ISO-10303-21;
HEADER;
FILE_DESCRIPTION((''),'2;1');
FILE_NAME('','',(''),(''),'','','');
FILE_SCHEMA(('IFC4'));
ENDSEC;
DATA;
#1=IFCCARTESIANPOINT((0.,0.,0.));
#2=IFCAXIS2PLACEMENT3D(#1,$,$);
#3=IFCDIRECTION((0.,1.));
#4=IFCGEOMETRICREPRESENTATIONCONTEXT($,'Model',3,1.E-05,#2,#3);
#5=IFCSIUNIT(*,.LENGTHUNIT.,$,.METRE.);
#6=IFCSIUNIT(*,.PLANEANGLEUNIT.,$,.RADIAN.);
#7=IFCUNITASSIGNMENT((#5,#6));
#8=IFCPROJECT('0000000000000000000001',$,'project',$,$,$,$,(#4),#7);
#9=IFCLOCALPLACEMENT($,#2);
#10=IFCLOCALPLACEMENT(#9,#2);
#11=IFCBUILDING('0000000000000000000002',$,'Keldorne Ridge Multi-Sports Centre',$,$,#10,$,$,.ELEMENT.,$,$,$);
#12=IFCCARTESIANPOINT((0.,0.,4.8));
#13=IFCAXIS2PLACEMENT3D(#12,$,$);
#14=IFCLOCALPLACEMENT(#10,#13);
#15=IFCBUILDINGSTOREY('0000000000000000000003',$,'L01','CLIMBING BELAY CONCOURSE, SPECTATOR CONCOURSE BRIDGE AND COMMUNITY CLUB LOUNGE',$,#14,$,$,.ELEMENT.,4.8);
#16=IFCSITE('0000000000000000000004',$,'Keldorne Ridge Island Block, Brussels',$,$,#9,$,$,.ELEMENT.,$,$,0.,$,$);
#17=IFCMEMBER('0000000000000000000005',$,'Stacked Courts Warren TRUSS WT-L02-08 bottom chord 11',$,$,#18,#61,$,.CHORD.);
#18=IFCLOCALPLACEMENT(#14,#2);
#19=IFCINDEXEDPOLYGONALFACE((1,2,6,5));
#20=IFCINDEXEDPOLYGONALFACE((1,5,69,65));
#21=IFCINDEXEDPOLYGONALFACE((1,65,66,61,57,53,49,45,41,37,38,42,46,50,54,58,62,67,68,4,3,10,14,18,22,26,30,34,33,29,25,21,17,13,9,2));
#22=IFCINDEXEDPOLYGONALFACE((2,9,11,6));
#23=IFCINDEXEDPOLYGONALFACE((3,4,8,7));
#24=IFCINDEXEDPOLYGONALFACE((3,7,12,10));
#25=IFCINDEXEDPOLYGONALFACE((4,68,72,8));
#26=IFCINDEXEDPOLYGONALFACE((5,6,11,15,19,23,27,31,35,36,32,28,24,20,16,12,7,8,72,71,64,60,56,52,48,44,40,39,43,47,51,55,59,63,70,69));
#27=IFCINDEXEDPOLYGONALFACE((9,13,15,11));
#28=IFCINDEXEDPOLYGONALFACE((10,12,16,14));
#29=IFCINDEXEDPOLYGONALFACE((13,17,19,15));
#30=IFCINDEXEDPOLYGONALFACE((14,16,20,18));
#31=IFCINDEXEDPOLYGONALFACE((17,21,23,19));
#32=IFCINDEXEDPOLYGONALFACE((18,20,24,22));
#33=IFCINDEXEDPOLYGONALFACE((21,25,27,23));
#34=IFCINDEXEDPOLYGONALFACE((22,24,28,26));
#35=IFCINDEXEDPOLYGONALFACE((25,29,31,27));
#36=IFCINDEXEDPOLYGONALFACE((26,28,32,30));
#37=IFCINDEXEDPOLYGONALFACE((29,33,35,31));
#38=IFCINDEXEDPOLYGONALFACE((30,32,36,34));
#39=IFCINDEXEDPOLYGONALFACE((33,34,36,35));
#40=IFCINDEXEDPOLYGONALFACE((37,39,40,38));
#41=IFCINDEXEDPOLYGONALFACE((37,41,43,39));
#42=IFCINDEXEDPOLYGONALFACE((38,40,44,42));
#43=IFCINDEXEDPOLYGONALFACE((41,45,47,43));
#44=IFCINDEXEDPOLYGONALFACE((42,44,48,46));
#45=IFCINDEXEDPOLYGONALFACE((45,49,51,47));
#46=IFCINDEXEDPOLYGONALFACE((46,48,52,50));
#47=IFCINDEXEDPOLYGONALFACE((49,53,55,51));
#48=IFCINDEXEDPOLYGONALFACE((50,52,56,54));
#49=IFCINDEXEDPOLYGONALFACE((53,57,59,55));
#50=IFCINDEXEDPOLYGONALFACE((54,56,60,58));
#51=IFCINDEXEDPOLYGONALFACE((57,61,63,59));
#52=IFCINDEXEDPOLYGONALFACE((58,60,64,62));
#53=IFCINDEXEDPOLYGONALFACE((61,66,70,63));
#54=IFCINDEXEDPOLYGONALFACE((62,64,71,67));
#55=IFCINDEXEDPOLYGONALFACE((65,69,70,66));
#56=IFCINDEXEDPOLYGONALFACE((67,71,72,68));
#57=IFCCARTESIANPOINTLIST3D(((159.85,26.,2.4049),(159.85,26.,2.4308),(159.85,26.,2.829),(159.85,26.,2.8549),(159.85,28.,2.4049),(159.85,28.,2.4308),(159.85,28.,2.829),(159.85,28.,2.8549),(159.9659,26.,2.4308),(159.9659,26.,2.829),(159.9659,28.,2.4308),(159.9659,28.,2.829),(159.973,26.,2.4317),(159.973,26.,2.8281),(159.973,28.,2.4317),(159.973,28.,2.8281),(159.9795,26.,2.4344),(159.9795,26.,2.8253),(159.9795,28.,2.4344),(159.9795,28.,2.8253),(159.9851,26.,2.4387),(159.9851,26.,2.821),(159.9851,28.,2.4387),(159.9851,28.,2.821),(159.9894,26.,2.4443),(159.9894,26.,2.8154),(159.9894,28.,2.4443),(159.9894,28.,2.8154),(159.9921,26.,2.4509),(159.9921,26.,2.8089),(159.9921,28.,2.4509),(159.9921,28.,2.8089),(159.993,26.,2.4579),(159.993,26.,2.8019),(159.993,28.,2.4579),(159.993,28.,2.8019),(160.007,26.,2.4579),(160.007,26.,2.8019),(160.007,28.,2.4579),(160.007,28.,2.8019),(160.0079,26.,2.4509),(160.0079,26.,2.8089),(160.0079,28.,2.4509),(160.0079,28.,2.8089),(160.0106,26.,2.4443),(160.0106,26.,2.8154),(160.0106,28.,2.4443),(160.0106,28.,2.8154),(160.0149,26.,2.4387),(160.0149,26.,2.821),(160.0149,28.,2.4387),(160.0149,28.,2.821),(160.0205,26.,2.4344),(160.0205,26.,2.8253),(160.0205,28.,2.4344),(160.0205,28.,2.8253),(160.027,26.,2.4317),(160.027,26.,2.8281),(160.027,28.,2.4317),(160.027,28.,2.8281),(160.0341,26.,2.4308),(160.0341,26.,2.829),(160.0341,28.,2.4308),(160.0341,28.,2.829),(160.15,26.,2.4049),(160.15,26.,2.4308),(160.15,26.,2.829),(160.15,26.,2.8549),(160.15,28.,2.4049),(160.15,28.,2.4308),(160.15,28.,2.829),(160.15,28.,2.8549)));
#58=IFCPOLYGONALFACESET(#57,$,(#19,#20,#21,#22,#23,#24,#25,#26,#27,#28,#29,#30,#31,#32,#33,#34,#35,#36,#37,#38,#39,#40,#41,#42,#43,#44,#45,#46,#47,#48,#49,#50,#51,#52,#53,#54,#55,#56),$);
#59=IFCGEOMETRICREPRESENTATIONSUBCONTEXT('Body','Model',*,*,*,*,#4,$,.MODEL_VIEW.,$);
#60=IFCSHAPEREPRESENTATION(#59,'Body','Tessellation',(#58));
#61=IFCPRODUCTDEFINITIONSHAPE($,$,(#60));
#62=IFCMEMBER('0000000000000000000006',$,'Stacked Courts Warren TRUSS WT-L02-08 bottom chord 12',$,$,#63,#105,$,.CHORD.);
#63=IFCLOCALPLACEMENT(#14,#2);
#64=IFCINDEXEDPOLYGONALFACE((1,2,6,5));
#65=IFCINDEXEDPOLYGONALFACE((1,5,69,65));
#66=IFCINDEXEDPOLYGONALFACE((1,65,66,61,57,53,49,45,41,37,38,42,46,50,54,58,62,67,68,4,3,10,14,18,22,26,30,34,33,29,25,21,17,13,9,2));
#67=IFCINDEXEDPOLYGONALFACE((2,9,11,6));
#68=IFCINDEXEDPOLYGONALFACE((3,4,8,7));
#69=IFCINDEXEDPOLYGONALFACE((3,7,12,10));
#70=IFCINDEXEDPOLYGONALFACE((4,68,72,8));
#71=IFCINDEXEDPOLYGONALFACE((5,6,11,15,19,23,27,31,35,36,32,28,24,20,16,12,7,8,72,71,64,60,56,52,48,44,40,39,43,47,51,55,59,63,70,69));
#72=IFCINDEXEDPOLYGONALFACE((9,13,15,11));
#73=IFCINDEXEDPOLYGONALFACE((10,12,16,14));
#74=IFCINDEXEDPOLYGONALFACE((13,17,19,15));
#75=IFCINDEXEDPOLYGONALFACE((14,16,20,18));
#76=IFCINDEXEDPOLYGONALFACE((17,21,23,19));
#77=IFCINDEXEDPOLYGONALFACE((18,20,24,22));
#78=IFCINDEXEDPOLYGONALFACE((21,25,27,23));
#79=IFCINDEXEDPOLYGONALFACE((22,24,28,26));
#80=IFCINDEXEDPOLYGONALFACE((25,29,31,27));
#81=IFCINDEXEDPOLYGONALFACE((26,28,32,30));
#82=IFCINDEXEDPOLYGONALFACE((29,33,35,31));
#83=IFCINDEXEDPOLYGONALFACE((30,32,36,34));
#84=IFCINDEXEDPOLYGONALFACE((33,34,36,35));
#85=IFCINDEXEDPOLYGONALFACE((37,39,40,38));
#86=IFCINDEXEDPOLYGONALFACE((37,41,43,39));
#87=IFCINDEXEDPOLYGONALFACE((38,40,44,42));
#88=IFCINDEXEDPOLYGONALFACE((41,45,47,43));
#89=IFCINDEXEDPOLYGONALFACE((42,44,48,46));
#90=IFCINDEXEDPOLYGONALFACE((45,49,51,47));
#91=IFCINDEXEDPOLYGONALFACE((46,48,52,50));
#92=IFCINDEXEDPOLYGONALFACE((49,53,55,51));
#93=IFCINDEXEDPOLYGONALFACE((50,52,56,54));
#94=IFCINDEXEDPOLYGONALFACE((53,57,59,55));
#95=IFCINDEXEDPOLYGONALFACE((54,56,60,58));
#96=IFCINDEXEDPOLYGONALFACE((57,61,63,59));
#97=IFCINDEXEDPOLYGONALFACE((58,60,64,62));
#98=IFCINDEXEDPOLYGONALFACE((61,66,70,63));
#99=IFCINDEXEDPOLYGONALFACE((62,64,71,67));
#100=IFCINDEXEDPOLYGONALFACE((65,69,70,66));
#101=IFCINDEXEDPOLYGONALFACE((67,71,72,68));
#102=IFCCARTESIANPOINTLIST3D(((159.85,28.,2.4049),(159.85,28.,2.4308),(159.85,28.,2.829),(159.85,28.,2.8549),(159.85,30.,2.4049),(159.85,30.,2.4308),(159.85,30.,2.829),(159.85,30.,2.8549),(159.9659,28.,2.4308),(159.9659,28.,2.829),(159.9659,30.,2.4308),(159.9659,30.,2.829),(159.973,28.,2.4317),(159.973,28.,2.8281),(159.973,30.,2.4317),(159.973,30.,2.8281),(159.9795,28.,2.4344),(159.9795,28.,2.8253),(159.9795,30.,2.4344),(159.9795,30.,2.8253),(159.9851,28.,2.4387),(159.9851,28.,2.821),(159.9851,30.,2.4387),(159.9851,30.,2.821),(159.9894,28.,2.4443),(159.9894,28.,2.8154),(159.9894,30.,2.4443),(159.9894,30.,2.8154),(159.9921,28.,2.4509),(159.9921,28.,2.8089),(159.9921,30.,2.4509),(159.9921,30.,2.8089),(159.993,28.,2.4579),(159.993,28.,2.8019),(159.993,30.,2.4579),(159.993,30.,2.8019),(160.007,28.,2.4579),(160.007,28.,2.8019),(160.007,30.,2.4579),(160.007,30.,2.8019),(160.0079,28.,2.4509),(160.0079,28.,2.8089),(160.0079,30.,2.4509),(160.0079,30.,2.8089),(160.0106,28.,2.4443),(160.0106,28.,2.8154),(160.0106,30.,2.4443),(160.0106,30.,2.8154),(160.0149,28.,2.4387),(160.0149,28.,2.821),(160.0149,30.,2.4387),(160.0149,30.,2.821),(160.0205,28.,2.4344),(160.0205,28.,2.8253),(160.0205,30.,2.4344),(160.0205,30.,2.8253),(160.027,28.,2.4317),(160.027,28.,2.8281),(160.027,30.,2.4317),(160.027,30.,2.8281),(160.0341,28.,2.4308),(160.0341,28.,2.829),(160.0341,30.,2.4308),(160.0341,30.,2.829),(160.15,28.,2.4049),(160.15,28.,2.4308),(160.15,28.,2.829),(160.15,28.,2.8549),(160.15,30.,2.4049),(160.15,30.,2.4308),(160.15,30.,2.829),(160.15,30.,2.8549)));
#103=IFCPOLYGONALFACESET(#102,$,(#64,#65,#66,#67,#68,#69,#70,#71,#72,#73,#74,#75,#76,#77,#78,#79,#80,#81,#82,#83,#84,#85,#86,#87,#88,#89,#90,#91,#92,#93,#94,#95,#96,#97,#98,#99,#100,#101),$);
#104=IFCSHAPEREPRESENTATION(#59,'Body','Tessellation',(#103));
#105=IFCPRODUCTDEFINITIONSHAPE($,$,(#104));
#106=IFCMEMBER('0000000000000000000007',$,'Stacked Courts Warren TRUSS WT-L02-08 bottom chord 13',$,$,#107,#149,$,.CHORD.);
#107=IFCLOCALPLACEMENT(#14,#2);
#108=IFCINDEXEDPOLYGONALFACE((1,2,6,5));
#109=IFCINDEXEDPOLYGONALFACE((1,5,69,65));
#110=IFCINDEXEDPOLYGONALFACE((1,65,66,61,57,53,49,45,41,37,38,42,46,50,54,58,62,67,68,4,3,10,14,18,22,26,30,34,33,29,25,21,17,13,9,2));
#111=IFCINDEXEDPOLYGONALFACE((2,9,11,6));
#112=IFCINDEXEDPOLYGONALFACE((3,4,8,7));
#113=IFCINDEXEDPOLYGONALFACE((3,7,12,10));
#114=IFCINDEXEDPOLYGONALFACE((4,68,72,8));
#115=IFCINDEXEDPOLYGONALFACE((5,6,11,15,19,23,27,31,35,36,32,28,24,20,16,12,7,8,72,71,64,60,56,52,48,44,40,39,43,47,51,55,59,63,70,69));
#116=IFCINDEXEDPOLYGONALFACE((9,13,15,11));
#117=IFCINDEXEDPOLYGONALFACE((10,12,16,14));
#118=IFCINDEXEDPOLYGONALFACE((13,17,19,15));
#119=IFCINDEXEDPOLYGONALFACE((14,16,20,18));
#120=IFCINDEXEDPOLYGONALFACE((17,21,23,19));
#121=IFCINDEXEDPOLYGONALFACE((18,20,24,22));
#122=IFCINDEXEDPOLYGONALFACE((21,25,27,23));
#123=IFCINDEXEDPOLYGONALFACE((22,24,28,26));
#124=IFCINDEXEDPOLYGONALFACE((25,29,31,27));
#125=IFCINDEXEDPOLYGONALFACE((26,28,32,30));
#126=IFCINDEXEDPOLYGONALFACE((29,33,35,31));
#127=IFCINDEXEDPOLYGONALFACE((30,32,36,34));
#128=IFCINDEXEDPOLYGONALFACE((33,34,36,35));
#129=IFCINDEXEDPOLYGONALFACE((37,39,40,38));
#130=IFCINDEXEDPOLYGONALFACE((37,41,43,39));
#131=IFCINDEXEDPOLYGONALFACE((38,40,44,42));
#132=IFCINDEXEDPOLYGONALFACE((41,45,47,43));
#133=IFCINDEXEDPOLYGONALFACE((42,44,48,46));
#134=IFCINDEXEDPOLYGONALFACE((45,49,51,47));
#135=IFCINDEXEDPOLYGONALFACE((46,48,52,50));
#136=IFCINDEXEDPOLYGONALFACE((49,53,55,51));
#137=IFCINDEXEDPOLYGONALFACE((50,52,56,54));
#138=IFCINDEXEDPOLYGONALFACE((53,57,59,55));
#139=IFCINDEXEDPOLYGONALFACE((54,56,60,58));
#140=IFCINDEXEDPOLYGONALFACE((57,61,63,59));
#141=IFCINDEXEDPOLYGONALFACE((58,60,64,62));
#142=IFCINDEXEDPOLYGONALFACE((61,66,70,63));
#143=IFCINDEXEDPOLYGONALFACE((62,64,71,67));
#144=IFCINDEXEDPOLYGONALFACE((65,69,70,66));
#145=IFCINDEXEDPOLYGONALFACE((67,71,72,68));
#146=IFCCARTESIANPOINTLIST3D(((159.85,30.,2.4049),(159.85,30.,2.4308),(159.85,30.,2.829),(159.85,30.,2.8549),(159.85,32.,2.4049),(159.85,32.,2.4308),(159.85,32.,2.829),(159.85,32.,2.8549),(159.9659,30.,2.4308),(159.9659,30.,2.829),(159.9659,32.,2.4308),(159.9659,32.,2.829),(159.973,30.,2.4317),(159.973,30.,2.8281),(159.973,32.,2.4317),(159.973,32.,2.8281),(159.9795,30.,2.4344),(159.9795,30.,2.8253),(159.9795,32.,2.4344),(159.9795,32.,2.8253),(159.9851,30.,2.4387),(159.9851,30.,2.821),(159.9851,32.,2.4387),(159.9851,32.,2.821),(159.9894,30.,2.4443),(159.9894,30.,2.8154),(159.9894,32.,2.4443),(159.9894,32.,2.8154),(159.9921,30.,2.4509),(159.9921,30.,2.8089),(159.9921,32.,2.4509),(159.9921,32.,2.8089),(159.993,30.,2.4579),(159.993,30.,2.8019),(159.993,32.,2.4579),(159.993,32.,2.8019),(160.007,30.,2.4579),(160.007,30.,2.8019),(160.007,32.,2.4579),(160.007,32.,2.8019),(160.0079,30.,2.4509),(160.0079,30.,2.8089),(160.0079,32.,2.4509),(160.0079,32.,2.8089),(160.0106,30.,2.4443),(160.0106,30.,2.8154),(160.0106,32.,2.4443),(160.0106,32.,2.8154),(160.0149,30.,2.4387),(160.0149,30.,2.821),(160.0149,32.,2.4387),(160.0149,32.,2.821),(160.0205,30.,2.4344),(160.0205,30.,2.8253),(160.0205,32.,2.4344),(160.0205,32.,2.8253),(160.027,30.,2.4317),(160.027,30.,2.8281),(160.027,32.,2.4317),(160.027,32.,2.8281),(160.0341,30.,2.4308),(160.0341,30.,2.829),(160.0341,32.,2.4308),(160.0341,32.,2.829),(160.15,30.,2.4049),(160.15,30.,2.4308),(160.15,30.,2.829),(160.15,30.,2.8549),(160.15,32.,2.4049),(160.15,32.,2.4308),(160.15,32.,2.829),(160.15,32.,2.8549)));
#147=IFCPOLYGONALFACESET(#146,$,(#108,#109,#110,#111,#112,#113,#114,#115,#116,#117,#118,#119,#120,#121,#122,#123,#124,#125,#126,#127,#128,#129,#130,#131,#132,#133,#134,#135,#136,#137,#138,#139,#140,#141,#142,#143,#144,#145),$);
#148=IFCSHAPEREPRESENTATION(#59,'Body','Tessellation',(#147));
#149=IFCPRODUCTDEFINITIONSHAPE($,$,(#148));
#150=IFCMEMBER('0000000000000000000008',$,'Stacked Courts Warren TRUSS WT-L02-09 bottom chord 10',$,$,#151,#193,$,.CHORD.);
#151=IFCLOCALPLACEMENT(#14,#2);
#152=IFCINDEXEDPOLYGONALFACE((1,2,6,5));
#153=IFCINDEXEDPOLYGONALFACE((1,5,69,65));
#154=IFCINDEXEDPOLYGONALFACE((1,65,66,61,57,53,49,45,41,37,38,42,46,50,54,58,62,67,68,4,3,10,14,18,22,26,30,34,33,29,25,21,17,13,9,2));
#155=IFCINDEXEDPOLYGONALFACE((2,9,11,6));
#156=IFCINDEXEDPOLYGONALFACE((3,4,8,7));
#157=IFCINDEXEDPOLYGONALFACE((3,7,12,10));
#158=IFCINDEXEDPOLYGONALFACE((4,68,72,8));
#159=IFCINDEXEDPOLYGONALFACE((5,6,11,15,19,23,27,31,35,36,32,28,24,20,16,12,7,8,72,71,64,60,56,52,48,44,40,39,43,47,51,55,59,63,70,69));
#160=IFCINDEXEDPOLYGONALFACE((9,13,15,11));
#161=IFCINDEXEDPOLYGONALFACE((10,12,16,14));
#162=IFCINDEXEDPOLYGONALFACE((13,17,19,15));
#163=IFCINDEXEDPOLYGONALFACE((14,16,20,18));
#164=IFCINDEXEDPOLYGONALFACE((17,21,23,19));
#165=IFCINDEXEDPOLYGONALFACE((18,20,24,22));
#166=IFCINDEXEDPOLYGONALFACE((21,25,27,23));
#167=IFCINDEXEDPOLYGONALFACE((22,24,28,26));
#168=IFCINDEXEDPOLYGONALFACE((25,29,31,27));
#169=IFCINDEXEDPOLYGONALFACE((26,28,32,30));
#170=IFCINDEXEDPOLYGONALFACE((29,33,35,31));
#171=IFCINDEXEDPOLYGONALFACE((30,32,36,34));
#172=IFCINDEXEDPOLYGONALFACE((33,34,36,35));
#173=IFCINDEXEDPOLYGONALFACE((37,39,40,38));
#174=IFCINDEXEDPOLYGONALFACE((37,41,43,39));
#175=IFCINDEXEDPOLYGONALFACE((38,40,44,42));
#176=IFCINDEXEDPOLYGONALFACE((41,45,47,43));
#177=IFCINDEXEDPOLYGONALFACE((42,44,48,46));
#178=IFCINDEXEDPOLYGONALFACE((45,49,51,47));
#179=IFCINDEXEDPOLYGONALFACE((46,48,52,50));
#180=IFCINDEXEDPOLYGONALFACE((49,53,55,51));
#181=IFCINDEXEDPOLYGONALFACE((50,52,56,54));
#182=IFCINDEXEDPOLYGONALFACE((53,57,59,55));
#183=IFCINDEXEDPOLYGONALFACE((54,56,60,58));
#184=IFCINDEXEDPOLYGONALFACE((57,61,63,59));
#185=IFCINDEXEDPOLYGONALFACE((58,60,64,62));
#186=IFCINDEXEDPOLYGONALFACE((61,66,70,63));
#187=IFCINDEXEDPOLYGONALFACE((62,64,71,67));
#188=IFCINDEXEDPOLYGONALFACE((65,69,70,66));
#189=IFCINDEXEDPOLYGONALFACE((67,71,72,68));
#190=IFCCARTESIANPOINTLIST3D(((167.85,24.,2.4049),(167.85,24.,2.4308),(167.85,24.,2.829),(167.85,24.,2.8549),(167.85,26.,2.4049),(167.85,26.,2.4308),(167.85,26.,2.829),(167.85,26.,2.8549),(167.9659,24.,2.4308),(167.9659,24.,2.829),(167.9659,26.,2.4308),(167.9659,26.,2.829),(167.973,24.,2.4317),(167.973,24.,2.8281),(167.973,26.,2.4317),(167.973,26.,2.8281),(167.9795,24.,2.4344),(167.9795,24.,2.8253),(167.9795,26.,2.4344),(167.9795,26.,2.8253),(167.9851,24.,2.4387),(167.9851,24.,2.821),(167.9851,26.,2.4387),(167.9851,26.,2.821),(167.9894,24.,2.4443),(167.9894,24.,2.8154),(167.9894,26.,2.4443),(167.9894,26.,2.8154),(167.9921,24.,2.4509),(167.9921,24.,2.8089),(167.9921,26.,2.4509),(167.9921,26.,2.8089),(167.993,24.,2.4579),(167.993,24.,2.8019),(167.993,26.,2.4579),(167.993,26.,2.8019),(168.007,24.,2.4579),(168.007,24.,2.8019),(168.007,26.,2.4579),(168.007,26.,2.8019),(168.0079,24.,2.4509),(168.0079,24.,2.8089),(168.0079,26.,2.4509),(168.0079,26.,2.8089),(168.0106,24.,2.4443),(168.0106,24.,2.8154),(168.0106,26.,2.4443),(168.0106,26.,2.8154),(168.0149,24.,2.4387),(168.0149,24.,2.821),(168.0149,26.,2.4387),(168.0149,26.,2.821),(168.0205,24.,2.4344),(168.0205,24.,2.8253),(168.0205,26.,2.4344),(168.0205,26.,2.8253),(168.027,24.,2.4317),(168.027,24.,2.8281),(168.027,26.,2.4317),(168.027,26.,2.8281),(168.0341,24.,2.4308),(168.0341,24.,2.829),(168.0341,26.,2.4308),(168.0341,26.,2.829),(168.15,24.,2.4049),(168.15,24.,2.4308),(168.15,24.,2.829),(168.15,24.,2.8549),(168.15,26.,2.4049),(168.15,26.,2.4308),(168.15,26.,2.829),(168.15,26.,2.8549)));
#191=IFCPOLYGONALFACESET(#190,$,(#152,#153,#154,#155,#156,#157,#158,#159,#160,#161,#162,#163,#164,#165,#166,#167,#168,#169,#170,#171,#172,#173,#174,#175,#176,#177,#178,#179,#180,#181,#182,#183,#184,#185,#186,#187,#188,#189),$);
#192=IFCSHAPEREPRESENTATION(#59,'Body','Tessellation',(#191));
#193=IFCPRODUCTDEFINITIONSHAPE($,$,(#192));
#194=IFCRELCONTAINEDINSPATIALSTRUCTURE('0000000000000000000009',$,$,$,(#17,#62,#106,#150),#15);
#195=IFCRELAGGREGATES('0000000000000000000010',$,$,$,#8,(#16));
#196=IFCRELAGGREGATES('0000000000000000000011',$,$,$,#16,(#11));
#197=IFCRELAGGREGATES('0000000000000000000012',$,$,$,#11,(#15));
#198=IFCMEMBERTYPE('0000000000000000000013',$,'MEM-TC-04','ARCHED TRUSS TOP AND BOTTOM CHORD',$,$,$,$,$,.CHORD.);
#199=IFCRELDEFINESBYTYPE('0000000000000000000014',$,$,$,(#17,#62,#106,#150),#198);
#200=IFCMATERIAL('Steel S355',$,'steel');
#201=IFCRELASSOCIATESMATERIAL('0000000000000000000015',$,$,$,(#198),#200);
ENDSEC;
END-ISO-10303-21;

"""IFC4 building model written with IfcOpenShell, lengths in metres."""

from ifc_helpers import new_model, si_unit, direction, frame, origin, origin_2d, place, context, subcontext, project, spatial, i_section, extrude, material, material_profile, profile_set, type_object, element, save


model = new_model("IFC4")

# Units and contexts
model_context = context("Model", 3, precision=1e-05, world=origin(), true_north=direction((0.0, 1.0)))
body_context = subcontext(model_context, "Body", "Model", "MODEL_VIEW")
ifc_project = project(units=[si_unit("LENGTHUNIT", "METRE"), si_unit("PLANEANGLEUNIT", "RADIAN")], contexts=[model_context])

# Site, building, storey
site_placement = place(None, origin())
site = spatial("IfcSite", under=ifc_project, at=site_placement, Name="Keldorne Ridge Island Block, Brussels", CompositionType="ELEMENT", RefElevation=0.0)
building_placement = place(site_placement, origin())
building = spatial("IfcBuilding", under=site, at=building_placement, Name="Keldorne Ridge Multi-Sports Centre", CompositionType="ELEMENT")
storey_placement = place(building_placement, frame((0.0, 0.0, 4.8)))
storey = spatial("IfcBuildingStorey", under=building, at=storey_placement, Name="L01", Description="CLIMBING BELAY CONCOURSE, SPECTATOR CONCOURSE BRIDGE AND COMMUNITY CLUB LOUNGE", CompositionType="ELEMENT", Elevation=4.8)

# Shared definitions
ifc_material_1 = material(Name="Steel S355", Category="steel")

# Members
ifc_material_profile_1 = material_profile(ifc_material_1, i_section(OverallWidth=0.3, OverallDepth=0.45, WebThickness=0.0139, FlangeThickness=0.0259, FilletRadius=0.0271, at=origin_2d()), Name="HEB 450")
ifc_profile_set_1 = profile_set([ifc_material_profile_1], Name="Steel S355")
member_type_1 = type_object("IfcMemberType", Name="MEM-TC-04", Description="ARCHED TRUSS TOP AND BOTTOM CHORD", PredefinedType="CHORD", material=ifc_profile_set_1)
for number, where, z_axis, x_axis, name in (
    (1, (160.0, 26.0, 2.6299), (0.0, 1.0, 0.0), (-1.0, 0.0, 0.0), "Stacked Courts Warren TRUSS WT-L02-08 bottom chord 11"),
    (2, (160.0, 28.0, 2.6299), (0.0, 1.0, 0.0), (-1.0, 0.0, 0.0), "Stacked Courts Warren TRUSS WT-L02-08 bottom chord 12"),
    (3, (160.0, 30.0, 2.6299), (0.0, 1.0, 0.0), (-1.0, 0.0, 0.0), "Stacked Courts Warren TRUSS WT-L02-08 bottom chord 13"),
    (4, (168.0, 24.0, 2.6299), (0.0, 1.0, 0.0), (-1.0, 0.0, 0.0), "Stacked Courts Warren TRUSS WT-L02-09 bottom chord 10"),
):
    element("IfcMember", number, at=place(storey_placement, frame(where, z_axis=z_axis, x_axis=x_axis)), inside=storey, type_object=member_type_1, Name=name, PredefinedType="CHORD", context=body_context, shape_type="SweptSolid", body=[
        extrude(i_section(OverallWidth=0.3, OverallDepth=0.45, WebThickness=0.0139, FlangeThickness=0.0259, FilletRadius=0.0271, at=origin_2d()), origin(), (0.0, 0.0, 1.0), 2.0),
    ])

save(model, "model.ifc")
